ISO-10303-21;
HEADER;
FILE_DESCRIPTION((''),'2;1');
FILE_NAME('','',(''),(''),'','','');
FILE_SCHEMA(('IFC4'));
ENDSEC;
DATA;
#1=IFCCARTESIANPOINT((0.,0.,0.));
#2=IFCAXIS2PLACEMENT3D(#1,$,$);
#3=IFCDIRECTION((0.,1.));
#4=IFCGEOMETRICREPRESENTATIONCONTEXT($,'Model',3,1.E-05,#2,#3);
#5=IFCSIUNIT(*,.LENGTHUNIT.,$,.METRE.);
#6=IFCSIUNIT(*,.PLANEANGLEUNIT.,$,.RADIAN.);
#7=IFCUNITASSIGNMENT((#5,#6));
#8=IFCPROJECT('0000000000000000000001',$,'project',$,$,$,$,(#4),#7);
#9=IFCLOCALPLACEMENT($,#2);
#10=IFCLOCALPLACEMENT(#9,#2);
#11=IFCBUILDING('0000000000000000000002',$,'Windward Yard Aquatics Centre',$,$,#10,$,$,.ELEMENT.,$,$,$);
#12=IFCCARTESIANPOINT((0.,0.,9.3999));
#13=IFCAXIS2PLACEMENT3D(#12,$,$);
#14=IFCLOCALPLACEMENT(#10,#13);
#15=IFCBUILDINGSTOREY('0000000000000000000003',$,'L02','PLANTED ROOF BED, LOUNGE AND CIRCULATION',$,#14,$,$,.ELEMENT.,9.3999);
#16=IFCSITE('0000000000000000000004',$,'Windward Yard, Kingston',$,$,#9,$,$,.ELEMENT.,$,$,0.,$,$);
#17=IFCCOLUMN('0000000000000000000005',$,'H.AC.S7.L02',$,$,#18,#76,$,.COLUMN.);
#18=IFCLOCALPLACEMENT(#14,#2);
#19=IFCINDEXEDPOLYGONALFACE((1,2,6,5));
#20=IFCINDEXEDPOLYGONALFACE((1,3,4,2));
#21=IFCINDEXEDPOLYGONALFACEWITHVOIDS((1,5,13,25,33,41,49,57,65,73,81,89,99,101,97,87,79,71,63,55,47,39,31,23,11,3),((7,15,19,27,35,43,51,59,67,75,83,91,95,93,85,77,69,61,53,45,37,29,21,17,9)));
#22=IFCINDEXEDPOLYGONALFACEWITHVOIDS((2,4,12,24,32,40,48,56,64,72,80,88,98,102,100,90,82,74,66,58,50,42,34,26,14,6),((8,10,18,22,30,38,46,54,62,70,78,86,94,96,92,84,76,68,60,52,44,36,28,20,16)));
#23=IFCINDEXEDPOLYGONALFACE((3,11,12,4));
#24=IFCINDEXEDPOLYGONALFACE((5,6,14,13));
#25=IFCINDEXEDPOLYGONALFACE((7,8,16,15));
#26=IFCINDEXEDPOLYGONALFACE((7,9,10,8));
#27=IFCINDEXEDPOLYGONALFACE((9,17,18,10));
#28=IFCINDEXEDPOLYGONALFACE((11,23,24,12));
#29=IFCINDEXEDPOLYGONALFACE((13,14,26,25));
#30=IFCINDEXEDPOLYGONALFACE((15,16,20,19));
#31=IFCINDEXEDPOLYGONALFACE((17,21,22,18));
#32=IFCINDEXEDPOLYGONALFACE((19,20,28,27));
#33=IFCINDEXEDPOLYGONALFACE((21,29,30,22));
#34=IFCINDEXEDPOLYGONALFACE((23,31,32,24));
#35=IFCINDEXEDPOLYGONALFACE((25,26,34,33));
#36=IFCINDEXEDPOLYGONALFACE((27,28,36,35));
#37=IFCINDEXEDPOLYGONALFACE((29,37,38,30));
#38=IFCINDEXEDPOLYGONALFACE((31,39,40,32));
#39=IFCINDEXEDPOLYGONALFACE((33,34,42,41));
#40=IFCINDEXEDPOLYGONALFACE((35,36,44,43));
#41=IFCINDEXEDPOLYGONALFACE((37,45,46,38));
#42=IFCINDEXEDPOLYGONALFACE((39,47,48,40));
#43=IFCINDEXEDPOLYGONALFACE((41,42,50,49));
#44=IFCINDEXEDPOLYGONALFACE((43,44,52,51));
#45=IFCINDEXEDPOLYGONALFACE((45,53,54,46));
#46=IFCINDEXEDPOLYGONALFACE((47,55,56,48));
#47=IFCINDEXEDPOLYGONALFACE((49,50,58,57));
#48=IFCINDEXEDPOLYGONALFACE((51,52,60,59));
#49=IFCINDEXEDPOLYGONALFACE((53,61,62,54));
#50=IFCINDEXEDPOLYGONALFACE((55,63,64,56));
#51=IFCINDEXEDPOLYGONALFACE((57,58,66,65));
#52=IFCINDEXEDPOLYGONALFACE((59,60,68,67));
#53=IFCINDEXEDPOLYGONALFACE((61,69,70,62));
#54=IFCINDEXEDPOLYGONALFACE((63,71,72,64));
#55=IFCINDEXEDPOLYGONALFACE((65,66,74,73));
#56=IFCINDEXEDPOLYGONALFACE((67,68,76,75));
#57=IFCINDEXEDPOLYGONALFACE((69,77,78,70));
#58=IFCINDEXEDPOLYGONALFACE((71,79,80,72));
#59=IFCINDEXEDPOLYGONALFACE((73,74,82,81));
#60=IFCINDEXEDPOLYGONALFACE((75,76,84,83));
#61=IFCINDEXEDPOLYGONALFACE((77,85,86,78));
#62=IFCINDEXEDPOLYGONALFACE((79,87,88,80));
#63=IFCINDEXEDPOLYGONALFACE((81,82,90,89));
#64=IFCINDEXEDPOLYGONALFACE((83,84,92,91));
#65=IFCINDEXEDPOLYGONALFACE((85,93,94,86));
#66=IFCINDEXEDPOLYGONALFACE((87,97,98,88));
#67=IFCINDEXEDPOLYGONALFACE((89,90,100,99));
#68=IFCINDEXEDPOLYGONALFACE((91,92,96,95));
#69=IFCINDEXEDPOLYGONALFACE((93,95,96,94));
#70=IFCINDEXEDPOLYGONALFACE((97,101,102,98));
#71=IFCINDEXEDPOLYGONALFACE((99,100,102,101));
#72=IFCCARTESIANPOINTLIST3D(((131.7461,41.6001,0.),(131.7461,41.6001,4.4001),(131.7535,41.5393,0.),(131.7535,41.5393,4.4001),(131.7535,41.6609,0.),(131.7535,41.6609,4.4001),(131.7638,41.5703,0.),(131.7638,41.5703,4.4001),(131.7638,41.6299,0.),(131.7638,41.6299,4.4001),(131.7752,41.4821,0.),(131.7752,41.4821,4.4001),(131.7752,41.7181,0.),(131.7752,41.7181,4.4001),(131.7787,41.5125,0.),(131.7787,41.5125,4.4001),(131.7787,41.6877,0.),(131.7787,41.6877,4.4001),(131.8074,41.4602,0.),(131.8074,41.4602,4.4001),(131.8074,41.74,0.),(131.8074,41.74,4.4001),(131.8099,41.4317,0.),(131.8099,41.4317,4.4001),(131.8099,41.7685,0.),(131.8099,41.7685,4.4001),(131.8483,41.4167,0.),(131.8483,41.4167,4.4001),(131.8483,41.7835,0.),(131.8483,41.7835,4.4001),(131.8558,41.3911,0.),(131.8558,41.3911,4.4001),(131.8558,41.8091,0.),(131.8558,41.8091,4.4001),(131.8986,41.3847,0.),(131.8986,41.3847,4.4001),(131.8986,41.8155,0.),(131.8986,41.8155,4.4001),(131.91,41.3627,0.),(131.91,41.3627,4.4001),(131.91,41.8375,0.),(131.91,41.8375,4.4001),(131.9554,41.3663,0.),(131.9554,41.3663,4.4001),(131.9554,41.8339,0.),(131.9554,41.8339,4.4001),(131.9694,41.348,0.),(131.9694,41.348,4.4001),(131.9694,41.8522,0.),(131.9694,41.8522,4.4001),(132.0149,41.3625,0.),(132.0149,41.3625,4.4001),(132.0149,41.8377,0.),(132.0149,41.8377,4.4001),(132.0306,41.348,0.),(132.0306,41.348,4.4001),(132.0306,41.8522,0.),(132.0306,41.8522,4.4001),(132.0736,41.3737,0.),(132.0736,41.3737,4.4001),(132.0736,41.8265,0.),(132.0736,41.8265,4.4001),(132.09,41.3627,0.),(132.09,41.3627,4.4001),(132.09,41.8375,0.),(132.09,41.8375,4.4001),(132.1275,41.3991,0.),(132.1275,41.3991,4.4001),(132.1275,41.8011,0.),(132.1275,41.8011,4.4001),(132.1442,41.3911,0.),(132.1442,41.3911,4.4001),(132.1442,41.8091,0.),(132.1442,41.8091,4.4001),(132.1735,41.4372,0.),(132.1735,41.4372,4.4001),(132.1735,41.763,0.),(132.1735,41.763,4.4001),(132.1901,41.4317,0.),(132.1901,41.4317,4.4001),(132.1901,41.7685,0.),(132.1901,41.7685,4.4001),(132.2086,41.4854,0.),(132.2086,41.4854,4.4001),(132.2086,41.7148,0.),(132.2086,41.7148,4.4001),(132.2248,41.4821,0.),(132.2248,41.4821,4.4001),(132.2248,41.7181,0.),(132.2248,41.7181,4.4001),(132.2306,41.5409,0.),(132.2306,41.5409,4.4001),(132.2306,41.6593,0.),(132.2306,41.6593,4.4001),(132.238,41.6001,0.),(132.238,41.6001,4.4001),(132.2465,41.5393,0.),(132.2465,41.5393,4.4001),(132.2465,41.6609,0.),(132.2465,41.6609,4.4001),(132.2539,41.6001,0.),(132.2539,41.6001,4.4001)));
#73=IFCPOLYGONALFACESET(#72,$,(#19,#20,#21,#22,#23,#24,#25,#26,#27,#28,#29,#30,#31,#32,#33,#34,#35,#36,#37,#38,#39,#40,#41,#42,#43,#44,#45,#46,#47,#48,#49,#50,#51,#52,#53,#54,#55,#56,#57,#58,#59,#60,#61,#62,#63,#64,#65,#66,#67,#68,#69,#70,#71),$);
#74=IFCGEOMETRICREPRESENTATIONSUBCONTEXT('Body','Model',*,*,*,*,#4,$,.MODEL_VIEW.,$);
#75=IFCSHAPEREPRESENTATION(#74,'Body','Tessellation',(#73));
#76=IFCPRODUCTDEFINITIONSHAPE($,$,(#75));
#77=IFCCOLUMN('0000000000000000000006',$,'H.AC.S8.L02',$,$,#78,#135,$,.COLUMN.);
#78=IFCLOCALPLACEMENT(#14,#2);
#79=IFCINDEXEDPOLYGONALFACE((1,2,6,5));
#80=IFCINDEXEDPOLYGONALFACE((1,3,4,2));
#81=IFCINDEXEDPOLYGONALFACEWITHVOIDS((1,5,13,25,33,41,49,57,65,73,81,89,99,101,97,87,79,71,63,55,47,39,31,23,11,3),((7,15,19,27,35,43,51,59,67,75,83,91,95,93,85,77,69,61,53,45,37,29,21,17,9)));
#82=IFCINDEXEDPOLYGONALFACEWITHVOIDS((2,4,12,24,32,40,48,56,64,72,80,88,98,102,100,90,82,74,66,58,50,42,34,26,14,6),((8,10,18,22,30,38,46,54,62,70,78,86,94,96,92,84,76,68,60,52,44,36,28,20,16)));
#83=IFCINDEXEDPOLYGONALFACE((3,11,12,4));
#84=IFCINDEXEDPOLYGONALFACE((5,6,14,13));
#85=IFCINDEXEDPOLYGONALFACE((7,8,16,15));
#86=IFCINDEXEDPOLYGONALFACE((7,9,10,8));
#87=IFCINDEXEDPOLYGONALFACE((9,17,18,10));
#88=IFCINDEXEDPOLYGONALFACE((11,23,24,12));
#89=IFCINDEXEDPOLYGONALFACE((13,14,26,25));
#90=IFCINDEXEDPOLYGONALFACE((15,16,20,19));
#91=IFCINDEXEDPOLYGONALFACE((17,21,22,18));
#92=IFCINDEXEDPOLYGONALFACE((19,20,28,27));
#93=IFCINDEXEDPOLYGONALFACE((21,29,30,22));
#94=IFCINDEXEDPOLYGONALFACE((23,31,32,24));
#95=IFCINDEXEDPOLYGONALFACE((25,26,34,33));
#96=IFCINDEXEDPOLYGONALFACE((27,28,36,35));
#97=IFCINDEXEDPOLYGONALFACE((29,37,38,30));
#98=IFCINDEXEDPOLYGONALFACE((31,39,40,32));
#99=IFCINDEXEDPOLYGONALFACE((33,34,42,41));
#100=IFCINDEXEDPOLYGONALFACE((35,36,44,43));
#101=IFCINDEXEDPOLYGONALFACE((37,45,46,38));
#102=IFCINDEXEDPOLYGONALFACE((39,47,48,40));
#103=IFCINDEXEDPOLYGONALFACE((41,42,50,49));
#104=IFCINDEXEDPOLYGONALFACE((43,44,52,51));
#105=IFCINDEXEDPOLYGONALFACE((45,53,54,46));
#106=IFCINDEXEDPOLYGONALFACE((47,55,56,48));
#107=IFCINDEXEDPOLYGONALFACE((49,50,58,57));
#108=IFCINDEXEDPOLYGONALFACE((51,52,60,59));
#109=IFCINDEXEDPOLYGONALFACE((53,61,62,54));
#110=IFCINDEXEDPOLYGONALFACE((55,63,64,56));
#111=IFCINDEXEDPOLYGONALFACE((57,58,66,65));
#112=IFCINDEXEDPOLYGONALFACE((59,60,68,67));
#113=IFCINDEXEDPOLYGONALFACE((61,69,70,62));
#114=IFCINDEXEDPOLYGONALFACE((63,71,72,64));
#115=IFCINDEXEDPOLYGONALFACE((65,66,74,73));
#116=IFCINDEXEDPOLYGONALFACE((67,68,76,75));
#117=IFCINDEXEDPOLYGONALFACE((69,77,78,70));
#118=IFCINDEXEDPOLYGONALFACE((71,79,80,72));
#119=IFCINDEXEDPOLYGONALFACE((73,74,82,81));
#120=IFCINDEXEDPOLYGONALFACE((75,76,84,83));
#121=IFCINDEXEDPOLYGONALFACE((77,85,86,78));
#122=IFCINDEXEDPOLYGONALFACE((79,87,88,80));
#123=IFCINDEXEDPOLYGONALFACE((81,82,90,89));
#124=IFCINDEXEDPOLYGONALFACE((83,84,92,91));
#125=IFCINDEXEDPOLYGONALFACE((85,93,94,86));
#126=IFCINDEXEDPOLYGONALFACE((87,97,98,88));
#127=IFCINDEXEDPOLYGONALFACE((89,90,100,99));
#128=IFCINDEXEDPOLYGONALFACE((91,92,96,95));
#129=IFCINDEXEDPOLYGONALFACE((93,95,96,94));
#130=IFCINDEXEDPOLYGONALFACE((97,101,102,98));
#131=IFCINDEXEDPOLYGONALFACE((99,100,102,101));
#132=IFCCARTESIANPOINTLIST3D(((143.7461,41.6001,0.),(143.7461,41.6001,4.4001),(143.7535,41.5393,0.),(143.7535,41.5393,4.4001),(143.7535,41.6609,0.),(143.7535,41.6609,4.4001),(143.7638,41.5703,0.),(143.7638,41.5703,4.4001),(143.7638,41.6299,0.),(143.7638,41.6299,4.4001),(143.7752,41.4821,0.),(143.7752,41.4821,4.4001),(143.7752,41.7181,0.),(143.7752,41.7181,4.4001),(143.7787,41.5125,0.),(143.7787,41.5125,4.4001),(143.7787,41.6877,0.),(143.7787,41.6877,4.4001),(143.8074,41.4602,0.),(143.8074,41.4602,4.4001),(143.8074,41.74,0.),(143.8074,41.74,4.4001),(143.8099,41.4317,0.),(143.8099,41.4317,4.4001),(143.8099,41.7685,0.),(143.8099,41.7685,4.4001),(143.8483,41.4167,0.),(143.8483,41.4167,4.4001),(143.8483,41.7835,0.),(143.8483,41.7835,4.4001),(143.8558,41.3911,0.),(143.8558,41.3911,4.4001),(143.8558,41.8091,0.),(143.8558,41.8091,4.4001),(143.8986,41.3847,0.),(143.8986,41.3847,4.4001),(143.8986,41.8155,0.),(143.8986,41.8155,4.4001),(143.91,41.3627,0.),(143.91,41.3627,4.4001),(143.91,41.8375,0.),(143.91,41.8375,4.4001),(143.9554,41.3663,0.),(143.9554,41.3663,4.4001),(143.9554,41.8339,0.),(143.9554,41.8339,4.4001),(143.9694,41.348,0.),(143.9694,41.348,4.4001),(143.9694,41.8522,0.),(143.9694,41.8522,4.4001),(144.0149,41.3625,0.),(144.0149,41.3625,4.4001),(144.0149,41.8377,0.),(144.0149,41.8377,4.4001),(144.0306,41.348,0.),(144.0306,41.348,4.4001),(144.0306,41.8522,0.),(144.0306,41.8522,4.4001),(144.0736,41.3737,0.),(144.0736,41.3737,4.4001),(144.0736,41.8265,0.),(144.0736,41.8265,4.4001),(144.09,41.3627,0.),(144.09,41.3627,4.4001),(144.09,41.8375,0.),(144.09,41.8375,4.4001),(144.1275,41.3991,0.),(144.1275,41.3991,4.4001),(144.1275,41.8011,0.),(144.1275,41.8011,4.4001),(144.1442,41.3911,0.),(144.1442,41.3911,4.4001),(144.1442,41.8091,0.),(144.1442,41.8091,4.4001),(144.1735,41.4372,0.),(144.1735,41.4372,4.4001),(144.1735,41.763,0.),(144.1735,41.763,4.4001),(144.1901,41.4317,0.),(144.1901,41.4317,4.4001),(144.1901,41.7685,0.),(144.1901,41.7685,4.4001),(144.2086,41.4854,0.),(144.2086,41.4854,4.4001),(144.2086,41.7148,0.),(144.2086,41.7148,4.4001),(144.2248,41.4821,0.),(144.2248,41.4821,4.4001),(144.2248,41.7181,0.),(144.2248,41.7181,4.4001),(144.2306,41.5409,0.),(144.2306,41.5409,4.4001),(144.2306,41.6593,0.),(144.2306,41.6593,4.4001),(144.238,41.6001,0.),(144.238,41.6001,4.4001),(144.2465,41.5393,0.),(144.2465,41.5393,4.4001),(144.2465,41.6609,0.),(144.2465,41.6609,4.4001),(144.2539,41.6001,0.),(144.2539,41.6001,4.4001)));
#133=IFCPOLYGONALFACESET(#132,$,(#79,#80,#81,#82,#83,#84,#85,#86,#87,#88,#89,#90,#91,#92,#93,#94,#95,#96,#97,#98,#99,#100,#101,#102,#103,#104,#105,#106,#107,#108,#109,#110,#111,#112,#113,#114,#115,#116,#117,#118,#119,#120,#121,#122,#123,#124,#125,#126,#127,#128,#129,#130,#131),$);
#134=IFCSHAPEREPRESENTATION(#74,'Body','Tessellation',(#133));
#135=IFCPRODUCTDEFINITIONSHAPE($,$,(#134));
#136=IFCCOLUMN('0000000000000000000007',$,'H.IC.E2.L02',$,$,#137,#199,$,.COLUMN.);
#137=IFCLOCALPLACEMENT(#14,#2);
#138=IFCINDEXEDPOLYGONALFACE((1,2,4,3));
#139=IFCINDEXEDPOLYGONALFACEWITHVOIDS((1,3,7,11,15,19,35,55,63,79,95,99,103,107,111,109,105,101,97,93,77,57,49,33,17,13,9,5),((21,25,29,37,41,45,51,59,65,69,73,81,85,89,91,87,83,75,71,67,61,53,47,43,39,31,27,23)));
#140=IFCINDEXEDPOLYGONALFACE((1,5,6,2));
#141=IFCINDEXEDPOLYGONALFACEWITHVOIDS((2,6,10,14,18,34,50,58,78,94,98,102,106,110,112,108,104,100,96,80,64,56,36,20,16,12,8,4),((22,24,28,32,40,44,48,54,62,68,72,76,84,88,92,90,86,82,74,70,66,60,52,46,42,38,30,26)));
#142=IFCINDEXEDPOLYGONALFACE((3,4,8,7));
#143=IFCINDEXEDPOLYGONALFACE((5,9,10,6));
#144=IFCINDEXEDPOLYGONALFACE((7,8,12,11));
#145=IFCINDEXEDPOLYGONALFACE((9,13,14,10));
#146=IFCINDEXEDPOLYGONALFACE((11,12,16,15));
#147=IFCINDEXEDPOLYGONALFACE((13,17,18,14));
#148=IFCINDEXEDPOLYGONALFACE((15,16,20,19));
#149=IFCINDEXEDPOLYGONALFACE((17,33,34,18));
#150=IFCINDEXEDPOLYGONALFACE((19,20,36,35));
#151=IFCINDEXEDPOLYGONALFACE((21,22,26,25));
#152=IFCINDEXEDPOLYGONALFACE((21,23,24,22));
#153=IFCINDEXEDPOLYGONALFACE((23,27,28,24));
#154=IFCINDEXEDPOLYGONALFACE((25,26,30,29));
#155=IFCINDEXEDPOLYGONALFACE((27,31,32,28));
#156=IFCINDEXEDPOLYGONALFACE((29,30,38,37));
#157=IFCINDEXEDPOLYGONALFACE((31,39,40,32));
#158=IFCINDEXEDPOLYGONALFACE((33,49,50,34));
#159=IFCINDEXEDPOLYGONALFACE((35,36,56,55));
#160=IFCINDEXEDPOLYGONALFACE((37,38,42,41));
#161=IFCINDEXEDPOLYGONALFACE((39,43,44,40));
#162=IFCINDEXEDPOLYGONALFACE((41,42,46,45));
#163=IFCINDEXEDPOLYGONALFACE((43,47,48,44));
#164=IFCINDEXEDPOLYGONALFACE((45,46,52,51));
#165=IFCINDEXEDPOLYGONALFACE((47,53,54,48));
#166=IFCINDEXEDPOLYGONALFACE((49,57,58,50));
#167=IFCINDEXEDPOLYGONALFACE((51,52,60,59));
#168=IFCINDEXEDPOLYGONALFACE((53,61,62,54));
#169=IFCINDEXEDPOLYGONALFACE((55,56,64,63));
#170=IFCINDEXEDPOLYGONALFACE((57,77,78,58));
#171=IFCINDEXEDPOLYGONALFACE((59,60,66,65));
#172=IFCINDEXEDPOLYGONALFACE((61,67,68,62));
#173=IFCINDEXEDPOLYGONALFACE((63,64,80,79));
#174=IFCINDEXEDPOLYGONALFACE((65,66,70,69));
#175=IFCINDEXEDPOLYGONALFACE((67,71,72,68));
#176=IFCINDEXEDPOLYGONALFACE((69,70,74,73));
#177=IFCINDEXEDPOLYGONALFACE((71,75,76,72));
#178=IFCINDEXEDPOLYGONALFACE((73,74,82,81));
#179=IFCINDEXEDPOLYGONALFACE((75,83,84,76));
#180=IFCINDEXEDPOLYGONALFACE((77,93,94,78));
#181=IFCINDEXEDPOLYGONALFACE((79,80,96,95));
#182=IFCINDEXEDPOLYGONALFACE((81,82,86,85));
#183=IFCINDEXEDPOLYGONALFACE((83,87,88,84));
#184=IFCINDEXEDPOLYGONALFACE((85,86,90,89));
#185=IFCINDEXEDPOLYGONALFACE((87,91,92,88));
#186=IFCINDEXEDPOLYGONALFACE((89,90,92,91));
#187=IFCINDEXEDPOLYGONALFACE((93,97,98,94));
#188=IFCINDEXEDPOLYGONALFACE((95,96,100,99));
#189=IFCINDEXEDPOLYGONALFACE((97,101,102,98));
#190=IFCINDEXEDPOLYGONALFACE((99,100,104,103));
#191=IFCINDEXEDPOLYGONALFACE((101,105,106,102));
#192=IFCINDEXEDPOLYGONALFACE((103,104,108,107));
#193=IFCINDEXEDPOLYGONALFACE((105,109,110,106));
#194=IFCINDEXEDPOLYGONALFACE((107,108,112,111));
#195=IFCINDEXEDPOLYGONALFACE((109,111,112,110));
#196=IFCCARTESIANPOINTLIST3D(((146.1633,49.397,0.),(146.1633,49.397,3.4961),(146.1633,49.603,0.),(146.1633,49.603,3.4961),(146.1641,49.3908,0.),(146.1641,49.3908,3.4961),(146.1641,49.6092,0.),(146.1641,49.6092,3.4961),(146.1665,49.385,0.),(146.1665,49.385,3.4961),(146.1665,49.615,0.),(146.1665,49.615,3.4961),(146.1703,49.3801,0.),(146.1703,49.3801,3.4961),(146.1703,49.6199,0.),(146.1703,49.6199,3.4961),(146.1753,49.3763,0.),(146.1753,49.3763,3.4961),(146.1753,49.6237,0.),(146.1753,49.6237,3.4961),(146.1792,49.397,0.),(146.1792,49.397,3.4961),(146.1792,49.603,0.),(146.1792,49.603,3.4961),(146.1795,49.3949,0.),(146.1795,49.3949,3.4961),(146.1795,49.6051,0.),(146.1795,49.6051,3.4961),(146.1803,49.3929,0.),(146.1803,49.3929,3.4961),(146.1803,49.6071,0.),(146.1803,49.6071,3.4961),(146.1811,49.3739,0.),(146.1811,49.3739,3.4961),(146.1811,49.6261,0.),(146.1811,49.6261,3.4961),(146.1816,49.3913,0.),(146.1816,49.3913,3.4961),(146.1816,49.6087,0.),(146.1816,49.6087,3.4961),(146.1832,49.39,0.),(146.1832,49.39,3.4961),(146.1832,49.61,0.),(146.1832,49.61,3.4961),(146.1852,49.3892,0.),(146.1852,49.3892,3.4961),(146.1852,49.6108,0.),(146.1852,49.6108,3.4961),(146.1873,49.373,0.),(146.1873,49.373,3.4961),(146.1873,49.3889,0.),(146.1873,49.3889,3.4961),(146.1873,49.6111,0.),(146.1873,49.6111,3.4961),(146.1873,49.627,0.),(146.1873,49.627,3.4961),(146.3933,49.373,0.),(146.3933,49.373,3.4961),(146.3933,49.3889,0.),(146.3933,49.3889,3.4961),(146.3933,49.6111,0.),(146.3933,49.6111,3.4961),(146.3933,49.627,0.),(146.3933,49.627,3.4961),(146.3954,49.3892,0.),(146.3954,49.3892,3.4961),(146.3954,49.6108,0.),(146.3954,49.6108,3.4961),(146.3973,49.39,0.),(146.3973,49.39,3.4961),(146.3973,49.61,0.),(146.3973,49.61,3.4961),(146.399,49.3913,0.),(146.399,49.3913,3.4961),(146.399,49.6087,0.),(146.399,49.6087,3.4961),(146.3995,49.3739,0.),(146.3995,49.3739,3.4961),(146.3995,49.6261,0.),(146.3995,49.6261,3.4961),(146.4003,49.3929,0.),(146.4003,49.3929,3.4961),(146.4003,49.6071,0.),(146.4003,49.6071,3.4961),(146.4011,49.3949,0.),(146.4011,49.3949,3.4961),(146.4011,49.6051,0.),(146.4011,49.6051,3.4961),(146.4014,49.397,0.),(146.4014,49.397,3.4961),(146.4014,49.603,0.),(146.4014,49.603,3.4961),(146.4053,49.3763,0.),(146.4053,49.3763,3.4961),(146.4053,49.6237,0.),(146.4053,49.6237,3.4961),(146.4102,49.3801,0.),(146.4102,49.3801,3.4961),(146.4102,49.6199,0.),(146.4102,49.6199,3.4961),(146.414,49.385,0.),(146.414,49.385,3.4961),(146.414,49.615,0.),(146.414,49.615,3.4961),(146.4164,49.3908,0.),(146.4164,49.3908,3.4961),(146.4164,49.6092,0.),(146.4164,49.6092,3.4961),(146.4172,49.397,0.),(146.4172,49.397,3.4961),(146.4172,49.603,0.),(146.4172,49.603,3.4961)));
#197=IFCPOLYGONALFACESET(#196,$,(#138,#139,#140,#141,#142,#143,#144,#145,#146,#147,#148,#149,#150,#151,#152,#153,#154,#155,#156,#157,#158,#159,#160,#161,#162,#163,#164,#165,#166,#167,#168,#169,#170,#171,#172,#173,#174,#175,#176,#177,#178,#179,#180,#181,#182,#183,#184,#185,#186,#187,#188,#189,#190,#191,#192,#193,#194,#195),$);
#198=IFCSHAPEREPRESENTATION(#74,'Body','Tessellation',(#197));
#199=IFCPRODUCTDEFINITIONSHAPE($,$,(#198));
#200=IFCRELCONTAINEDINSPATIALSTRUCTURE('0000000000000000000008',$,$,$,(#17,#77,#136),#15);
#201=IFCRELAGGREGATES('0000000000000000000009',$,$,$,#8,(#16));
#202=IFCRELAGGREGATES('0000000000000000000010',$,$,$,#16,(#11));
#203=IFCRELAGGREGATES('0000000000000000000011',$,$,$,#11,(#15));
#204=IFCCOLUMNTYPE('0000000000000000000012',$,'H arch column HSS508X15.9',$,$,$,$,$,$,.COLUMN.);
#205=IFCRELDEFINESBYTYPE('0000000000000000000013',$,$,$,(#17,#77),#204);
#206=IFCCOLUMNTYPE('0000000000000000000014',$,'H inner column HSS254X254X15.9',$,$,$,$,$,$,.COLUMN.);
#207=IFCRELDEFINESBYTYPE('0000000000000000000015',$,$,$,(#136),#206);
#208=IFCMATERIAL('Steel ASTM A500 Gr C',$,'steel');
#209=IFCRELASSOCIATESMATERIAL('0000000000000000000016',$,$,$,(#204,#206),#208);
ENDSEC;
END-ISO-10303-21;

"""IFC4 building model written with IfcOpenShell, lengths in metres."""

from ifc_helpers import new_model, si_unit, direction, frame, origin, origin_2d, place, context, subcontext, project, spatial, hollow_rectangle, hollow_circle, extrude, material, material_profile, profile_set, type_object, element, save


model = new_model("IFC4")

# Units and contexts
model_context = context("Model", 3, precision=1e-05, world=origin(), true_north=direction((0.0, 1.0)))
body_context = subcontext(model_context, "Body", "Model", "MODEL_VIEW")
ifc_project = project(units=[si_unit("LENGTHUNIT", "METRE"), si_unit("PLANEANGLEUNIT", "RADIAN")], contexts=[model_context])

# Site, building, storey
site_placement = place(None, origin())
site = spatial("IfcSite", under=ifc_project, at=site_placement, Name="Windward Yard, Kingston", CompositionType="ELEMENT", RefElevation=0.0)
building_placement = place(site_placement, origin())
building = spatial("IfcBuilding", under=site, at=building_placement, Name="Windward Yard Aquatics Centre", CompositionType="ELEMENT")
storey_placement = place(building_placement, frame((0.0, 0.0, 9.3999)))
storey = spatial("IfcBuildingStorey", under=building, at=storey_placement, Name="L02", Description="PLANTED ROOF BED, LOUNGE AND CIRCULATION", CompositionType="ELEMENT", Elevation=9.3999)

# Columns
ifc_material_1 = material(Name="Steel ASTM A500 Gr C", Category="steel")
ifc_material_profile_1 = material_profile(ifc_material_1, hollow_circle(Radius=0.2539, WallThickness=0.0159, at=origin_2d()), Name="HSS508X15.9")
ifc_profile_set_1 = profile_set([ifc_material_profile_1], Name="Steel ASTM A500 Gr C")
column_type_1 = type_object("IfcColumnType", Name="H arch column HSS508X15.9", PredefinedType="COLUMN", material=ifc_profile_set_1)
for number, where, z_axis, x_axis, name in (
    (1, (132.0, 41.6001, 0.0), (0.0, 0.0, 1.0), (1.0, 0.0, 0.0), "H.AC.S7.L02"),
    (2, (144.0, 41.6001, 0.0), (0.0, 0.0, 1.0), (1.0, 0.0, 0.0), "H.AC.S8.L02"),
):
    element("IfcColumn", number, at=place(storey_placement, frame(where, z_axis=z_axis, x_axis=x_axis)), inside=storey, type_object=column_type_1, Name=name, PredefinedType="COLUMN", context=body_context, shape_type="SweptSolid", body=[
        extrude(hollow_circle(Radius=0.2539, WallThickness=0.0159, at=origin_2d()), origin(), (0.0, 0.0, 1.0), 4.4001),
    ])
ifc_material_profile_2 = material_profile(ifc_material_1, hollow_rectangle(XDim=0.2539, YDim=0.2539, WallThickness=0.0159, InnerFilletRadius=0.0081, OuterFilletRadius=0.0239, at=origin_2d()), Name="HSS254X254X15.9")
ifc_profile_set_2 = profile_set([ifc_material_profile_2], Name="Steel ASTM A500 Gr C")
column_type_2 = type_object("IfcColumnType", Name="H inner column HSS254X254X15.9", PredefinedType="COLUMN", material=ifc_profile_set_2)
for number, where, z_axis, x_axis, name in (
    (3, (146.2903, 49.5, 0.0), (0.0, 0.0, 1.0), (1.0, 0.0, 0.0), "H.IC.E2.L02"),
):
    element("IfcColumn", number, at=place(storey_placement, frame(where, z_axis=z_axis, x_axis=x_axis)), inside=storey, type_object=column_type_2, Name=name, PredefinedType="COLUMN", context=body_context, shape_type="SweptSolid", body=[
        extrude(hollow_rectangle(XDim=0.2539, YDim=0.2539, WallThickness=0.0159, InnerFilletRadius=0.0081, OuterFilletRadius=0.0239, at=origin_2d()), origin(), (0.0, 0.0, 1.0), 3.4961),
    ])

save(model, "model.ifc")
